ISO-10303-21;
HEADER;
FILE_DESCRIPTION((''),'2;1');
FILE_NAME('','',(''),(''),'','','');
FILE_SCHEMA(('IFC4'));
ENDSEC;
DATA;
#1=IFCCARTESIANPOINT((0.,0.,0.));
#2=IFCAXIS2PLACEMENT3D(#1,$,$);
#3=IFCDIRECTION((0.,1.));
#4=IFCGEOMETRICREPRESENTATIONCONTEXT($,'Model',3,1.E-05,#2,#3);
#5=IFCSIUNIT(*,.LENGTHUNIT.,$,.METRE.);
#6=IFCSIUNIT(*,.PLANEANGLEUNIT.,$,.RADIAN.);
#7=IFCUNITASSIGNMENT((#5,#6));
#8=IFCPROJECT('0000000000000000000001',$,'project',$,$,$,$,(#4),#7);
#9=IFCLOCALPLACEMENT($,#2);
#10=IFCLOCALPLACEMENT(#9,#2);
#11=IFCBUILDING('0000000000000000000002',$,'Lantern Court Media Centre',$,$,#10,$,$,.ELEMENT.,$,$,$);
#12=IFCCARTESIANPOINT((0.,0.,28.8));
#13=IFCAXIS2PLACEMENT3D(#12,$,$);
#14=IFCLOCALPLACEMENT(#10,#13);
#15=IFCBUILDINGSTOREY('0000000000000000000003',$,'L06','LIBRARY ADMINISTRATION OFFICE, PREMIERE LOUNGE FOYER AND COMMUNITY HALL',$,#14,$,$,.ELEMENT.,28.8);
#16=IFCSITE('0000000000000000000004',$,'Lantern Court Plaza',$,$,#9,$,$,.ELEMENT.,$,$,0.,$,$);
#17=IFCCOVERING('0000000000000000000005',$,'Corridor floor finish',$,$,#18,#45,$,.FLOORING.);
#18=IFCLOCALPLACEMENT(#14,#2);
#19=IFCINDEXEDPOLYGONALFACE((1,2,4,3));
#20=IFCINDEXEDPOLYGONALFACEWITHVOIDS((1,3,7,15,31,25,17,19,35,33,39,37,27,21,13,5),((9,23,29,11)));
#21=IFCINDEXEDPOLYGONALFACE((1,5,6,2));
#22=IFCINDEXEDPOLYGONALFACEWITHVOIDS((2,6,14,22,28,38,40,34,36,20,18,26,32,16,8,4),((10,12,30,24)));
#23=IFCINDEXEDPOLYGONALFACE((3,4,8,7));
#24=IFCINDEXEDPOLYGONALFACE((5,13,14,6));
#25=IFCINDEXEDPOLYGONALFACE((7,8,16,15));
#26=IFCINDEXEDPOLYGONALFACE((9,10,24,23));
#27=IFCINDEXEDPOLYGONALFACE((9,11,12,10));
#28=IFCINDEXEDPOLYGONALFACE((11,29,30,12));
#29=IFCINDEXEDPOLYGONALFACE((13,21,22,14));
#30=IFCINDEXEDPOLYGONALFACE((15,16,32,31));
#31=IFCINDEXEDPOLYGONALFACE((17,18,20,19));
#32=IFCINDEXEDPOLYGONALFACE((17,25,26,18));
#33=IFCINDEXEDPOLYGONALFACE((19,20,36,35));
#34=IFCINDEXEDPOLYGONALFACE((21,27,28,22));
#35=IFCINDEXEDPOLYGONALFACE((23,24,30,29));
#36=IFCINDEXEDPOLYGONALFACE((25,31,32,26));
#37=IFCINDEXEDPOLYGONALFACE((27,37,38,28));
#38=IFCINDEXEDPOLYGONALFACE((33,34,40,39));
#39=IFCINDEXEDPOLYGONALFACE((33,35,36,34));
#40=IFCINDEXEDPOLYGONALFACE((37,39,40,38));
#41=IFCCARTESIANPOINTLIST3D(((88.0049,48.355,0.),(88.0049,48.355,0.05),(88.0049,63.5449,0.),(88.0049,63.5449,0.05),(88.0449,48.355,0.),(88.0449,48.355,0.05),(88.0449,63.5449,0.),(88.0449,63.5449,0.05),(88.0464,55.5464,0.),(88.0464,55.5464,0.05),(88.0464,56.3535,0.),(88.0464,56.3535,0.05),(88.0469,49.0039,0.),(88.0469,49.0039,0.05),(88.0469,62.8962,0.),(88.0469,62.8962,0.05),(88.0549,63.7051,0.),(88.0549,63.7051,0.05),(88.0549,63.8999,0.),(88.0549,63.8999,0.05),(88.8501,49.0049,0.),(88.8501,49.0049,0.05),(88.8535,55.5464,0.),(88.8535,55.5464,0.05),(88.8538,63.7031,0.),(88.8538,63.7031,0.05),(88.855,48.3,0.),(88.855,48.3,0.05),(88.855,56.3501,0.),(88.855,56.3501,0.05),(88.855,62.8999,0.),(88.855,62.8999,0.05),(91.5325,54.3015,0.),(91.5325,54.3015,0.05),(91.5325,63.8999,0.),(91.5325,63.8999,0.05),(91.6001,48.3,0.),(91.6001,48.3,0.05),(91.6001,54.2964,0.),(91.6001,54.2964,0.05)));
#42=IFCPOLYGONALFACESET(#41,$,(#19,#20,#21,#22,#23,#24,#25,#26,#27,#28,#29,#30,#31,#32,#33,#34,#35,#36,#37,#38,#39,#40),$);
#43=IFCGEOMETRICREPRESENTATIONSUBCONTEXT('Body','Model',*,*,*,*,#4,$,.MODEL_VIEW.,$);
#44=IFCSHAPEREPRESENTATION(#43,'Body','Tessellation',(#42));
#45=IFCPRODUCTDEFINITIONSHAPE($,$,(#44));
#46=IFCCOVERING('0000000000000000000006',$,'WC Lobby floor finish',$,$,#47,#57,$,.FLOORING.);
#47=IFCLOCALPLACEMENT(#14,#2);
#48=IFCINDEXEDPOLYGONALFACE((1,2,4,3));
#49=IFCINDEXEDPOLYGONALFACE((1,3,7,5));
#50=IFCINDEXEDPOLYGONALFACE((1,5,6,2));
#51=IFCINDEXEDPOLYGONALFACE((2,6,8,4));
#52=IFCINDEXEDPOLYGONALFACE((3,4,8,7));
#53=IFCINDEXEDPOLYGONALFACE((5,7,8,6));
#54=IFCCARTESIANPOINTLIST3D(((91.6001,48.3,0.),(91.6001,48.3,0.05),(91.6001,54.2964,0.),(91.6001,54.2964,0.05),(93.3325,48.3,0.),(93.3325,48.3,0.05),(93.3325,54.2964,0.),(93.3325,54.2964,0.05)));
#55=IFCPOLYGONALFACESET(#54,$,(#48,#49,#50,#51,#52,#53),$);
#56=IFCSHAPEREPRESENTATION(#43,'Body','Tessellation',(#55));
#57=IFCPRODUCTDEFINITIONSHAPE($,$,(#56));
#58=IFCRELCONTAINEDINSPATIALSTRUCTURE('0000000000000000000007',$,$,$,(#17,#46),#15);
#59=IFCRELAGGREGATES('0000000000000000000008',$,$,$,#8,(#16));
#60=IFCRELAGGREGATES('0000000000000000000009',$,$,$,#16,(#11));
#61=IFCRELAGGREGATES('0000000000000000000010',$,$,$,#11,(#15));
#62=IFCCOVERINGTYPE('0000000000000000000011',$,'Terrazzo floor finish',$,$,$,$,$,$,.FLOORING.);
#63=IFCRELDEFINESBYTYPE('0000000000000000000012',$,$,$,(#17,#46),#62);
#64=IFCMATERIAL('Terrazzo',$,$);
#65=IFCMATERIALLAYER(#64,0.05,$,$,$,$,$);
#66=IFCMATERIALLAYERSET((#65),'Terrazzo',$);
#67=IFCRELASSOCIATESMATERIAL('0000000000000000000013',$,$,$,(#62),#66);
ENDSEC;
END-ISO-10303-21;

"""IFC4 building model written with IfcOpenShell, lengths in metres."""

from ifc_helpers import new_model, si_unit, direction, frame, origin, place, context, subcontext, project, spatial, polyline, outline, extrude, material, layer, layer_set, type_object, element, save


model = new_model("IFC4")

# Units and contexts
model_context = context("Model", 3, precision=1e-05, world=origin(), true_north=direction((0.0, 1.0)))
body_context = subcontext(model_context, "Body", "Model", "MODEL_VIEW")
ifc_project = project(units=[si_unit("LENGTHUNIT", "METRE"), si_unit("PLANEANGLEUNIT", "RADIAN")], contexts=[model_context])

# Site, building, storey
site_placement = place(None, origin())
site = spatial("IfcSite", under=ifc_project, at=site_placement, Name="Lantern Court Plaza", CompositionType="ELEMENT", RefElevation=0.0)
building_placement = place(site_placement, origin())
building = spatial("IfcBuilding", under=site, at=building_placement, Name="Lantern Court Media Centre", CompositionType="ELEMENT")
storey_placement = place(building_placement, frame((0.0, 0.0, 28.8)))
storey = spatial("IfcBuildingStorey", under=building, at=storey_placement, Name="L06", Description="LIBRARY ADMINISTRATION OFFICE, PREMIERE LOUNGE FOYER AND COMMUNITY HALL", CompositionType="ELEMENT", Elevation=28.8)

# Coverings
ifc_material_1 = material(Name="Terrazzo")
ifc_layer_1 = layer(ifc_material_1, 0.05)
ifc_layer_set_1 = layer_set([ifc_layer_1], Name="Terrazzo")
covering_type_1 = type_object("IfcCoveringType", Name="Terrazzo floor finish", PredefinedType="FLOORING", material=ifc_layer_set_1)
covering_1_placement = place(storey_placement, origin())
element("IfcCovering", 1, at=covering_1_placement, inside=storey, type_object=covering_type_1, Name="Corridor floor finish", PredefinedType="FLOORING", context=body_context, shape_type="SweptSolid", body=[
    extrude(outline(polyline([(91.6001, 48.3), (88.855, 48.3), (88.8501, 49.0049), (88.0469, 49.0039), (88.0449, 48.355), (88.0049, 48.355), (88.0049, 63.5449), (88.0449, 63.5449), (88.0469, 62.8962), (88.855, 62.8999), (88.8538, 63.7031), (88.0549, 63.7051), (88.0549, 63.8999), (91.5325, 63.8999), (91.5325, 54.3015), (91.6001, 54.2964), (91.6001, 48.3)]), holes=[polyline([(88.855, 56.3501), (88.0464, 56.3535), (88.0464, 55.5464), (88.8535, 55.5464), (88.855, 56.3501)])]), origin(), (0.0, 0.0, 1.0), 0.05),
])
covering_2_placement = place(storey_placement, origin())
element("IfcCovering", 2, at=covering_2_placement, inside=storey, type_object=covering_type_1, Name="WC Lobby floor finish", PredefinedType="FLOORING", context=body_context, shape_type="SweptSolid", body=[
    extrude(outline(polyline([(91.6001, 48.3), (91.6001, 54.2964), (93.3325, 54.2964), (93.3325, 48.3), (91.6001, 48.3)])), origin(), (0.0, 0.0, 1.0), 0.05),
])

save(model, "model.ifc")
